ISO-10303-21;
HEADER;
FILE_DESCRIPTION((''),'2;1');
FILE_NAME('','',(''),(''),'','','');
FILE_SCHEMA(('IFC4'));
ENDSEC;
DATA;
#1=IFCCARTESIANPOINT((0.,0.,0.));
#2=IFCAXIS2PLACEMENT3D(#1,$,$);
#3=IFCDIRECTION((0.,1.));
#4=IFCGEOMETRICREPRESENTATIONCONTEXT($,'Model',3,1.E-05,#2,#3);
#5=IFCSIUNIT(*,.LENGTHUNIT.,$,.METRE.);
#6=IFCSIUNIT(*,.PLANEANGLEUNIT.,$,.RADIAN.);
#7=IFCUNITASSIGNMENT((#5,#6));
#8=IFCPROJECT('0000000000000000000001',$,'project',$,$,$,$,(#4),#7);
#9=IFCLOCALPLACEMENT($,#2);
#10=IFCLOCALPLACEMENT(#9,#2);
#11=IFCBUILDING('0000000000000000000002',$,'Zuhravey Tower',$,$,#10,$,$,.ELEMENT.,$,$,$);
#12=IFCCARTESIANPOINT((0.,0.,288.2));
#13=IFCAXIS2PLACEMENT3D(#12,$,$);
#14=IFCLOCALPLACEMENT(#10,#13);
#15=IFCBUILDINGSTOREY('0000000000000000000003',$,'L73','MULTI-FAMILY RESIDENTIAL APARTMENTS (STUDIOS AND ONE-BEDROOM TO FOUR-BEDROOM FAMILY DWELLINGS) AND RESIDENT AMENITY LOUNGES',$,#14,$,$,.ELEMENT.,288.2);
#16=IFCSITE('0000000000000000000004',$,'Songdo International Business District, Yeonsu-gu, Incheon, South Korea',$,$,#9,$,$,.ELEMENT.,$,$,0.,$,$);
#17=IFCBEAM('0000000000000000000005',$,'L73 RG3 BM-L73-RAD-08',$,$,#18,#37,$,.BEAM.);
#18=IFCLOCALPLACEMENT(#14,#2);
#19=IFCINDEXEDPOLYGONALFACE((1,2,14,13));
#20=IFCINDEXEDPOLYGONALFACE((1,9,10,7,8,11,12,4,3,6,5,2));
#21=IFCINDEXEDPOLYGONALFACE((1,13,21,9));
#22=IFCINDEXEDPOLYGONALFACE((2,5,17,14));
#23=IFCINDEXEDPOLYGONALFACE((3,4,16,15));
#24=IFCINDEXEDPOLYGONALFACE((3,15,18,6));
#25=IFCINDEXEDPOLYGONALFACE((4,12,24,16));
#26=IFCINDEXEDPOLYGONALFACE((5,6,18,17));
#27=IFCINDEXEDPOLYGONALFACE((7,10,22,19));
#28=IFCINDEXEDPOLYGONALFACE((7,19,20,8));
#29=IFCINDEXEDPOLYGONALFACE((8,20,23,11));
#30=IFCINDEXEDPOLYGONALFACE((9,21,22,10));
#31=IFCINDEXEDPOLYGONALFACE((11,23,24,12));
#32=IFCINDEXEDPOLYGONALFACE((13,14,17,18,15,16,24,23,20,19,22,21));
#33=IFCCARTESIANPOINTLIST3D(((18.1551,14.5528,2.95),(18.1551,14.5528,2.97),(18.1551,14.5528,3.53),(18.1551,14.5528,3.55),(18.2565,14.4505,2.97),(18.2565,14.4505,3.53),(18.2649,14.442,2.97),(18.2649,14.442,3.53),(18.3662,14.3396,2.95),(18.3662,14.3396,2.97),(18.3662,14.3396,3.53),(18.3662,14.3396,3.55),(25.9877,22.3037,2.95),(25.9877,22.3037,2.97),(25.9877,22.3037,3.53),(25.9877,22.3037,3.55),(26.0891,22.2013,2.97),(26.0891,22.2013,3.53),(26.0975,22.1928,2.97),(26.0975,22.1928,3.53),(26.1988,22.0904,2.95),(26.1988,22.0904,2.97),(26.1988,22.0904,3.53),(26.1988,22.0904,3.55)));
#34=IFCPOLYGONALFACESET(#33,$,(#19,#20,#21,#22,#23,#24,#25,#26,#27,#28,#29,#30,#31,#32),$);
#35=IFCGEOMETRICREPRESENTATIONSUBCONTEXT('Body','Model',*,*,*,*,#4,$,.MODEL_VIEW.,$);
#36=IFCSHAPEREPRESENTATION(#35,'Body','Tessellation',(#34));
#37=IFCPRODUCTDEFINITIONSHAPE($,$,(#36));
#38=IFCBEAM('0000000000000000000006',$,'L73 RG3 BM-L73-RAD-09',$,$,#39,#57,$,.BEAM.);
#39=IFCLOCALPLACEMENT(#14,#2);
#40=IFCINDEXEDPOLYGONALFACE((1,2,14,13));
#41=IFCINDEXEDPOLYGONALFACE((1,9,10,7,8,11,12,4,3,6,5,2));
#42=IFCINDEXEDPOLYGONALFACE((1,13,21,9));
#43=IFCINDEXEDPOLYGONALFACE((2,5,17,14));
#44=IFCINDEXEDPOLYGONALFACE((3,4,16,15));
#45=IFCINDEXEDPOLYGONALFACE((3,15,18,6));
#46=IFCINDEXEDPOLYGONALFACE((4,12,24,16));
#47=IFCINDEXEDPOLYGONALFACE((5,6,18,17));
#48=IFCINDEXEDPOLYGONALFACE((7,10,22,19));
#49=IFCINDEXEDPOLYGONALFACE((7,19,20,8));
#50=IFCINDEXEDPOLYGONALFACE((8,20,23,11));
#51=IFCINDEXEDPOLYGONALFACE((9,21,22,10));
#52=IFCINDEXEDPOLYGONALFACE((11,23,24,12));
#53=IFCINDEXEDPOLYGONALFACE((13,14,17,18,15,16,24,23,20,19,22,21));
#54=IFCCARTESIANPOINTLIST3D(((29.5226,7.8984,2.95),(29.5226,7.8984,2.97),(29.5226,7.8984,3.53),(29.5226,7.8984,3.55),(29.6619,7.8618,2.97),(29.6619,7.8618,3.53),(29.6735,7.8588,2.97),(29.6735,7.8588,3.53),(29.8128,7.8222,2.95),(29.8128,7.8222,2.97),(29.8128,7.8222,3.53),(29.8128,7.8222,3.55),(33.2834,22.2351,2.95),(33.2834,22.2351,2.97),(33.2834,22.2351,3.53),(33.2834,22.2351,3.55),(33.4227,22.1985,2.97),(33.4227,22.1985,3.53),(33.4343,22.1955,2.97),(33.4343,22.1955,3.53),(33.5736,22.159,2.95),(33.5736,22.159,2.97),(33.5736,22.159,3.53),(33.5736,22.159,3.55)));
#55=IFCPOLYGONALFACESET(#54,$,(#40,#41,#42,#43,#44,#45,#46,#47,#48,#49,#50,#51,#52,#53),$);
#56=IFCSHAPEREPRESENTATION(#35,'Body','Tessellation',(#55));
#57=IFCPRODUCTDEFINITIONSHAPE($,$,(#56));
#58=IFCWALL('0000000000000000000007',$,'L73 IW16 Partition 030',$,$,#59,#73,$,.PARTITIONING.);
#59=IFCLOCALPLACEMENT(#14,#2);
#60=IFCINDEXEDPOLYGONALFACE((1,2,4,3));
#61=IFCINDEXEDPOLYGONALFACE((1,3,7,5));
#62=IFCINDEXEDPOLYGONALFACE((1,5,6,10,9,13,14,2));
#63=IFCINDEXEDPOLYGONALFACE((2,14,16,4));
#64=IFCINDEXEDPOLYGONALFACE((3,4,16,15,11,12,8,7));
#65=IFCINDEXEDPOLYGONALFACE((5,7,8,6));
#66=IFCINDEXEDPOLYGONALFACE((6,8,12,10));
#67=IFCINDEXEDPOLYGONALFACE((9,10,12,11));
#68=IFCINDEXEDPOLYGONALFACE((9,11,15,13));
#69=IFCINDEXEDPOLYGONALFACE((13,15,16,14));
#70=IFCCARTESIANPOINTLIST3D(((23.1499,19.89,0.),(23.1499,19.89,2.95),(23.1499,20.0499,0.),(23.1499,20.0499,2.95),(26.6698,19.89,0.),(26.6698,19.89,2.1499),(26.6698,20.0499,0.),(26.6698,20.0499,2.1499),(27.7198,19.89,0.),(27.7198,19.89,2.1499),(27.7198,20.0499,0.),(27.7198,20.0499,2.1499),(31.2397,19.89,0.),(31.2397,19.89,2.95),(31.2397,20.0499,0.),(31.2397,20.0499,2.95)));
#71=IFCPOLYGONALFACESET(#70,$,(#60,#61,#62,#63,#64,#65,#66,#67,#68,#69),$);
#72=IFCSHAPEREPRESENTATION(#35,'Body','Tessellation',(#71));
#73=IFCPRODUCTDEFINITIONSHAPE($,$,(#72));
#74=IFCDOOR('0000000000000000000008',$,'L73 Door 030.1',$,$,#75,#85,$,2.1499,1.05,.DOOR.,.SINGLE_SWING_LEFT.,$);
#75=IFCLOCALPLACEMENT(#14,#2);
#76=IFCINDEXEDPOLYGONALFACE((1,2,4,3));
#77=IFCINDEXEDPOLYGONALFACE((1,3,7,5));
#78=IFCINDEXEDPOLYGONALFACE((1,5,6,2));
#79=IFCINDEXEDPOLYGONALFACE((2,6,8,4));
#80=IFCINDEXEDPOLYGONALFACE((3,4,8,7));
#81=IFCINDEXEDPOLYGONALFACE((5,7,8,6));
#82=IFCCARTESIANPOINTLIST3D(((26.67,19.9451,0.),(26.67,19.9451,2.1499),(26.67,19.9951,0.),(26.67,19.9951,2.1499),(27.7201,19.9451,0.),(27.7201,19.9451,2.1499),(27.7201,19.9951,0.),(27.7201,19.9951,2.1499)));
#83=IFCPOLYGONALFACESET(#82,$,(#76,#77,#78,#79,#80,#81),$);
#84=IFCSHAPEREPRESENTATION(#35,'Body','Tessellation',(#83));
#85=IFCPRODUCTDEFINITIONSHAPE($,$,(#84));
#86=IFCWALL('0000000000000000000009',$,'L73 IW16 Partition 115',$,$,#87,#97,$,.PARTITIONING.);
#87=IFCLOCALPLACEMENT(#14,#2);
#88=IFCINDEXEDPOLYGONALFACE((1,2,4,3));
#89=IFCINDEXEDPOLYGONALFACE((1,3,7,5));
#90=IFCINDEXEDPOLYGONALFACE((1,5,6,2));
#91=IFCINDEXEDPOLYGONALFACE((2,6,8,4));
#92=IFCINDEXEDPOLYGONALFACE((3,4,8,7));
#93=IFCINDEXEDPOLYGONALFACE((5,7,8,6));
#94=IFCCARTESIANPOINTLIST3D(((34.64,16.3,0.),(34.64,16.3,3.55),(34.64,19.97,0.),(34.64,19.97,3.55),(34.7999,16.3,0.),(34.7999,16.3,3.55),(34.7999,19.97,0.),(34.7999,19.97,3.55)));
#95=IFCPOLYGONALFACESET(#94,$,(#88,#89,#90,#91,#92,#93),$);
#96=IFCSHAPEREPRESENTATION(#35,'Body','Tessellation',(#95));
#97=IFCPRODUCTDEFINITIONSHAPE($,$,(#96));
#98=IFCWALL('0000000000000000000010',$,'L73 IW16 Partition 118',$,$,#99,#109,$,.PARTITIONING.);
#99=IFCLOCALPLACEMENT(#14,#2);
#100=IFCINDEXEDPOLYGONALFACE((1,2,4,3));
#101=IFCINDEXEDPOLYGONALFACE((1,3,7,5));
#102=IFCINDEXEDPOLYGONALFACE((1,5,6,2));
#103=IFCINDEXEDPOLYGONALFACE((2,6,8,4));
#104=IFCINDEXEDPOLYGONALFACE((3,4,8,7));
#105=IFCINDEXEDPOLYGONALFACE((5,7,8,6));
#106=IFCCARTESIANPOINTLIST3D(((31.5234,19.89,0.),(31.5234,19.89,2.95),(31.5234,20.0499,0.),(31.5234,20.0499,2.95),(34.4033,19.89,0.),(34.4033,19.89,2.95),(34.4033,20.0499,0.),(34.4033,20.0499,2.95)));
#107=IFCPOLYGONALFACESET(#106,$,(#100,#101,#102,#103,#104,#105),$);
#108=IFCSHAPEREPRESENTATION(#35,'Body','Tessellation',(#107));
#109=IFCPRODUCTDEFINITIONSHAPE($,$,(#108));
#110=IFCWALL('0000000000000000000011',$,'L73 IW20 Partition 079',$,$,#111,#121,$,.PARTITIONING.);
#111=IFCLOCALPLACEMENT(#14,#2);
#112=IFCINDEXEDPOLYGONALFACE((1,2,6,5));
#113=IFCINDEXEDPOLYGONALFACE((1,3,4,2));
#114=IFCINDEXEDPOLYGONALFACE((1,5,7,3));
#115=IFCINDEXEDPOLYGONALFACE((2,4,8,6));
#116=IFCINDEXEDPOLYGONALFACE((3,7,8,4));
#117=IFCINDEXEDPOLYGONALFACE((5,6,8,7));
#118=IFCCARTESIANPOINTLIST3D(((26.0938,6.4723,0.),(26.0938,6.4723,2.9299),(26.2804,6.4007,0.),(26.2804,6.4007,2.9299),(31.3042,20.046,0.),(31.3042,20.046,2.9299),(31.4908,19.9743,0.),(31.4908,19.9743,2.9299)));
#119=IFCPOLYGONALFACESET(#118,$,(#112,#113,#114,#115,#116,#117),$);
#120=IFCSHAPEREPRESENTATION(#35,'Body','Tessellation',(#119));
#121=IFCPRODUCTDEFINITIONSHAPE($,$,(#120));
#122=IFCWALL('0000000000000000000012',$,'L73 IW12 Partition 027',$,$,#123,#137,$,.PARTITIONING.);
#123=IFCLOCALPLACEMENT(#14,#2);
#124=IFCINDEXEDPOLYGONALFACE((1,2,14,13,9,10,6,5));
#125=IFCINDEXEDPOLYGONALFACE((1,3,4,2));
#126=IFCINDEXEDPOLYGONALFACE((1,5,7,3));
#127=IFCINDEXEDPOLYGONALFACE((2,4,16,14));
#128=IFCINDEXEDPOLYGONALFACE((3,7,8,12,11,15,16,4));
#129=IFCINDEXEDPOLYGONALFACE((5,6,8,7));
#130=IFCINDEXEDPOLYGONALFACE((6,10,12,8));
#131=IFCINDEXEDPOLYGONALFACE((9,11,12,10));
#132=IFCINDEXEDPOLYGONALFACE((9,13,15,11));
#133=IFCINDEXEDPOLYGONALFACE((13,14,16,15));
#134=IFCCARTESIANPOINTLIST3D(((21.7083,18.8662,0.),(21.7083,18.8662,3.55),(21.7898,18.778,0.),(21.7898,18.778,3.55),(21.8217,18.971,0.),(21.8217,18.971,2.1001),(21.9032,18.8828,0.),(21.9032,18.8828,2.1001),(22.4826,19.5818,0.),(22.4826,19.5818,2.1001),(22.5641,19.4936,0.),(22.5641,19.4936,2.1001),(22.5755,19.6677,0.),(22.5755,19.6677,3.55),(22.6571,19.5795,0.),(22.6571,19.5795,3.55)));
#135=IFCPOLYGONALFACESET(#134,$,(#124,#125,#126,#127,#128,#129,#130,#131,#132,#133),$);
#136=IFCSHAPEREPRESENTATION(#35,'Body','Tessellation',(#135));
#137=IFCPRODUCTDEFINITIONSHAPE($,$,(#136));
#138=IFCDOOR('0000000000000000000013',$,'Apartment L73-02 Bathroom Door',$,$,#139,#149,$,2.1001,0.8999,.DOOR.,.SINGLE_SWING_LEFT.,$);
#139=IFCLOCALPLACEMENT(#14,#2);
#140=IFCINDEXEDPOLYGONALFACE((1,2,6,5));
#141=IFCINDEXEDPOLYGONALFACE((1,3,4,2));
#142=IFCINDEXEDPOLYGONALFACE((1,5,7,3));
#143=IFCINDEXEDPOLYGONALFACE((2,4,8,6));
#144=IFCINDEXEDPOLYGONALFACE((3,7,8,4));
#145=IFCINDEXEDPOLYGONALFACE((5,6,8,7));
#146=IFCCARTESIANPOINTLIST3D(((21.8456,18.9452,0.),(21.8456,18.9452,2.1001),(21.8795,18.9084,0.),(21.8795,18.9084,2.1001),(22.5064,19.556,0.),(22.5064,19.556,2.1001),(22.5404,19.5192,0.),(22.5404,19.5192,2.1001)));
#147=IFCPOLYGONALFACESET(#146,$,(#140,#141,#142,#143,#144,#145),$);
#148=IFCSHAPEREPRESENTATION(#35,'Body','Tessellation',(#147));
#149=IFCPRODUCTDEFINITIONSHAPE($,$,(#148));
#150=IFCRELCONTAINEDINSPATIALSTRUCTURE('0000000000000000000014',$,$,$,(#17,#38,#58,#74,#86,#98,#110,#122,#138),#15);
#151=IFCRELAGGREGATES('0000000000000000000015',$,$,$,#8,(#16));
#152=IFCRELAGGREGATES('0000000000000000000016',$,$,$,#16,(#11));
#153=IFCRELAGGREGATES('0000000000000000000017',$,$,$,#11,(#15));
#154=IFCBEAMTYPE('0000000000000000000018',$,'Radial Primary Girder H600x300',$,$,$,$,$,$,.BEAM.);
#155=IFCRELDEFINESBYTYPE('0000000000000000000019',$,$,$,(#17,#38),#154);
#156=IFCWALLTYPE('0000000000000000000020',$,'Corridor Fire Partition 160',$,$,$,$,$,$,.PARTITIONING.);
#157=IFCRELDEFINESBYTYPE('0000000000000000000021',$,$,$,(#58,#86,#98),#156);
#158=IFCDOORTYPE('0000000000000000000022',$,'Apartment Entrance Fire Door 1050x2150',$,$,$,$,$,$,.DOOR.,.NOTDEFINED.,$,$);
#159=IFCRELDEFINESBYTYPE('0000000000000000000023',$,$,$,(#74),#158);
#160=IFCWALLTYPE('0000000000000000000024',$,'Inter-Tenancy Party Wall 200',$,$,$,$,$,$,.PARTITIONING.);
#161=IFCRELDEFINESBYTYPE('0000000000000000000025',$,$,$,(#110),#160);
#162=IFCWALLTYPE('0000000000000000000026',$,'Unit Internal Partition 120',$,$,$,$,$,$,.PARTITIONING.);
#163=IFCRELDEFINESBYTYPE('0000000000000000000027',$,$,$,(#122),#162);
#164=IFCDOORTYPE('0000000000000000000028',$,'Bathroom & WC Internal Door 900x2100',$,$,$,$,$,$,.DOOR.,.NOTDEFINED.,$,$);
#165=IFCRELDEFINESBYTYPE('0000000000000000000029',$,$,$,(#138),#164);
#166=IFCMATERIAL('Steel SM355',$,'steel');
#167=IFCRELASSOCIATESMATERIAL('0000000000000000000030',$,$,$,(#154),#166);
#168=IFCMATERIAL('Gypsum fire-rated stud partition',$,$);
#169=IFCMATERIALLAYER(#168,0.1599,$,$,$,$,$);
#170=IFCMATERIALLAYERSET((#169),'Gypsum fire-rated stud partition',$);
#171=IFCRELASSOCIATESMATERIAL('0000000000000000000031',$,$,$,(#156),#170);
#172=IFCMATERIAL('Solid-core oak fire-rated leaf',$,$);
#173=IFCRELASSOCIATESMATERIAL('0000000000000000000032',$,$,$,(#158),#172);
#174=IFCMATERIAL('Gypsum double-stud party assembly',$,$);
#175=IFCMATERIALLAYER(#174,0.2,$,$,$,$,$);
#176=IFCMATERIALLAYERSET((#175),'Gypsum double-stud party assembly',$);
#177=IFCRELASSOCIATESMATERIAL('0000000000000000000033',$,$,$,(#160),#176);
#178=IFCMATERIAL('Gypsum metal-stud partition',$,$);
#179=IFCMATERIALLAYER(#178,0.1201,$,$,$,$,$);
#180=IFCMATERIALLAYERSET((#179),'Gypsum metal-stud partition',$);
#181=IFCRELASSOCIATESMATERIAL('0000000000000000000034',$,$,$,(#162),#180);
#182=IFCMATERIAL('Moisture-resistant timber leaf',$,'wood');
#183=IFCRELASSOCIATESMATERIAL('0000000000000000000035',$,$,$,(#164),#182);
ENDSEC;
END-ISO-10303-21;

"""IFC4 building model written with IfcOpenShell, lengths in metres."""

from ifc_helpers import new_model, si_unit, direction, frame, frame_2d, origin, origin_2d, place, context, subcontext, project, spatial, rectangle, i_section, extrude, material, layer, layer_set, material_profile, profile_set, type_object, element, fill, save


model = new_model("IFC4")

# Units and contexts
model_context = context("Model", 3, precision=1e-05, world=origin(), true_north=direction((0.0, 1.0)))
body_context = subcontext(model_context, "Body", "Model", "MODEL_VIEW")
ifc_project = project(units=[si_unit("LENGTHUNIT", "METRE"), si_unit("PLANEANGLEUNIT", "RADIAN")], contexts=[model_context])

# Site, building, storey
site_placement = place(None, origin())
site = spatial("IfcSite", under=ifc_project, at=site_placement, Name="Songdo International Business District, Yeonsu-gu, Incheon, South Korea", CompositionType="ELEMENT", RefElevation=0.0)
building_placement = place(site_placement, origin())
building = spatial("IfcBuilding", under=site, at=building_placement, Name="Zuhravey Tower", CompositionType="ELEMENT")
storey_placement = place(building_placement, frame((0.0, 0.0, 288.2)))
storey = spatial("IfcBuildingStorey", under=building, at=storey_placement, Name="L73", Description="MULTI-FAMILY RESIDENTIAL APARTMENTS (STUDIOS AND ONE-BEDROOM TO FOUR-BEDROOM FAMILY DWELLINGS) AND RESIDENT AMENITY LOUNGES", CompositionType="ELEMENT", Elevation=288.2)

# Beams
ifc_material_1 = material(Name="Steel SM355", Category="steel")
ifc_material_profile = material_profile(ifc_material_1, i_section(OverallWidth=0.3, OverallDepth=0.6001, WebThickness=0.012, FlangeThickness=0.02, at=origin_2d()), Name="H-600x300x12x20")
ifc_profile_set = profile_set([ifc_material_profile], Name="Steel SM355")
beam_type = type_object("IfcBeamType", Name="Radial Primary Girder H600x300", PredefinedType="BEAM", material=ifc_profile_set)
beam_1_placement = place(storey_placement, frame((26.0933, 22.197, 3.25), z_axis=(-0.710808, -0.703386, 0.0), x_axis=(0.703386, -0.710808, 0.0)))
element("IfcBeam", 1, at=beam_1_placement, inside=storey, type_object=beam_type, Name="L73 RG3 BM-L73-RAD-08", PredefinedType="BEAM", context=body_context, shape_type="SweptSolid", body=[
    extrude(i_section(OverallWidth=0.3, OverallDepth=0.6001, WebThickness=0.012, FlangeThickness=0.02, at=origin_2d()), origin(), (0.0, 0.0, 1.0), 11.0193),
])
beam_2_placement = place(storey_placement, frame((33.4285, 22.197, 3.25), z_axis=(-0.253732, -0.967275, 0.0), x_axis=(0.967275, -0.253732, 0.0)))
element("IfcBeam", 2, at=beam_2_placement, inside=storey, type_object=beam_type, Name="L73 RG3 BM-L73-RAD-09", PredefinedType="BEAM", context=body_context, shape_type="SweptSolid", body=[
    extrude(i_section(OverallWidth=0.3, OverallDepth=0.6001, WebThickness=0.012, FlangeThickness=0.02, at=origin_2d()), origin(), (0.0, 0.0, 1.0), 14.8218),
])

# Wall, opening, door
ifc_material_2 = material(Name="Gypsum fire-rated stud partition")
ifc_layer_1 = layer(ifc_material_2, 0.1599)
ifc_layer_set_1 = layer_set([ifc_layer_1], Name="Gypsum fire-rated stud partition")
wall_type_1 = type_object("IfcWallType", Name="Corridor Fire Partition 160", PredefinedType="PARTITIONING", material=ifc_layer_set_1)
wall_1_placement = place(storey_placement, frame((23.1499, 19.97, 0.0), z_axis=(0.0, 0.0, 1.0), x_axis=(1.0, 0.0, 0.0)))
wall_1 = element("IfcWall", 3, at=wall_1_placement, inside=storey, type_object=wall_type_1, Name="L73 IW16 Partition 030", PredefinedType="PARTITIONING", context=body_context, shape_type="SweptSolid", body=[
    extrude(rectangle(XDim=8.0898, YDim=0.1599, at=frame_2d((4.0449, 0.0))), origin(), (0.0, 0.0, 1.0), 2.95),
])
opening_1_placement = place(wall_1_placement, frame((3.52, 0.0, 0.0)))
opening_1 = element("IfcOpeningElement", 4, at=opening_1_placement, cuts=wall_1, PredefinedType="OPENING", context=body_context, shape_type="SweptSolid", body=[
    extrude(rectangle(XDim=1.05, YDim=2.1499, at=frame_2d((0.5249, 1.075))), frame((0.0, 0.092, 0.0), z_axis=(0.0, -1.0, 0.0), x_axis=(1.0, 0.0, 0.0)), (0.0, 0.0, 1.0), 0.1838),
])
ifc_material_3 = material(Name="Solid-core oak fire-rated leaf")
door_type_1 = type_object("IfcDoorType", Name="Apartment Entrance Fire Door 1050x2150", OperationType="NOTDEFINED", PredefinedType="DOOR", material=ifc_material_3)
door_1_placement = place(opening_1_placement, frame((1.05, 0.0, 0.0), z_axis=(0.0, 0.0, 1.0), x_axis=(-1.0, 0.0, 0.0)))
door_1 = element("IfcDoor", 5, at=door_1_placement, inside=storey, type_object=door_type_1, Name="L73 Door 030.1", OperationType="SINGLE_SWING_LEFT", OverallHeight=2.1499, OverallWidth=1.05, PredefinedType="DOOR", context=body_context, shape_type="SweptSolid", body=[
    extrude(rectangle(XDim=1.05, YDim=2.1499, at=frame_2d((0.5249, 1.075))), frame((0.0, 0.0249, 0.0), z_axis=(0.0, -1.0, 0.0), x_axis=(1.0, 0.0, 0.0)), (0.0, 0.0, 1.0), 0.05),
])
fill(opening_1, door_1)

# Walls
wall_2_placement = place(storey_placement, frame((34.72, 19.97, 0.0), z_axis=(0.0, 0.0, 1.0), x_axis=(0.0, -1.0, 0.0)))
element("IfcWall", 6, at=wall_2_placement, inside=storey, type_object=wall_type_1, Name="L73 IW16 Partition 115", PredefinedType="PARTITIONING", context=body_context, shape_type="SweptSolid", body=[
    extrude(rectangle(XDim=3.6699, YDim=0.1599, at=frame_2d((1.835, 0.0))), origin(), (0.0, 0.0, 1.0), 3.55),
])
wall_3_placement = place(storey_placement, frame((31.5234, 19.97, 0.0), z_axis=(0.0, 0.0, 1.0), x_axis=(1.0, 0.0, 0.0)))
element("IfcWall", 7, at=wall_3_placement, inside=storey, type_object=wall_type_1, Name="L73 IW16 Partition 118", PredefinedType="PARTITIONING", context=body_context, shape_type="SweptSolid", body=[
    extrude(rectangle(XDim=2.8799, YDim=0.1599, at=frame_2d((1.4399, 0.0))), origin(), (0.0, 0.0, 1.0), 2.95),
])
ifc_material_4 = material(Name="Gypsum double-stud party assembly")
ifc_layer_2 = layer(ifc_material_4, 0.2)
ifc_layer_set_2 = layer_set([ifc_layer_2], Name="Gypsum double-stud party assembly")
wall_type_2 = type_object("IfcWallType", Name="Inter-Tenancy Party Wall 200", PredefinedType="PARTITIONING", material=ifc_layer_set_2)
wall_4_placement = place(storey_placement, frame((31.3975, 20.01, 0.0), z_axis=(0.0, 0.0, 1.0), x_axis=(-0.358367, -0.933581, 0.0)))
element("IfcWall", 8, at=wall_4_placement, inside=storey, type_object=wall_type_2, Name="L73 IW20 Partition 079", PredefinedType="PARTITIONING", context=body_context, shape_type="SweptSolid", body=[
    extrude(rectangle(XDim=14.5393, YDim=0.2, at=frame_2d((7.2695, 0.0))), origin(), (0.0, 0.0, 1.0), 2.9299),
])

# Wall, opening, door
ifc_material_5 = material(Name="Gypsum metal-stud partition")
ifc_layer_3 = layer(ifc_material_5, 0.1201)
ifc_layer_set_3 = layer_set([ifc_layer_3], Name="Gypsum metal-stud partition")
wall_type_3 = type_object("IfcWallType", Name="Unit Internal Partition 120", PredefinedType="PARTITIONING", material=ifc_layer_set_3)
wall_5_placement = place(storey_placement, frame((22.6162, 19.6235, 0.0), z_axis=(0.0, 0.0, 1.0), x_axis=(-0.734367, -0.678752, 0.0)))
wall_5 = element("IfcWall", 9, at=wall_5_placement, inside=storey, type_object=wall_type_3, Name="L73 IW12 Partition 027", PredefinedType="PARTITIONING", context=body_context, shape_type="SweptSolid", body=[
    extrude(rectangle(XDim=1.1809, YDim=0.1201, at=frame_2d((0.5903, 0.0))), origin(), (0.0, 0.0, 1.0), 3.55),
])
opening_2_placement = place(wall_5_placement, frame((0.1265, 0.0, 0.0)))
opening_2 = element("IfcOpeningElement", 10, at=opening_2_placement, cuts=wall_5, PredefinedType="OPENING", context=body_context, shape_type="SweptSolid", body=[
    extrude(rectangle(XDim=0.8999, YDim=2.1001, at=frame_2d((0.45, 1.05))), frame((0.0, 0.072, 0.0), z_axis=(0.0, -1.0, 0.0), x_axis=(1.0, 0.0, 0.0)), (0.0, 0.0, 1.0), 0.144),
])
ifc_material_6 = material(Name="Moisture-resistant timber leaf", Category="wood")
door_type_2 = type_object("IfcDoorType", Name="Bathroom & WC Internal Door 900x2100", OperationType="NOTDEFINED", PredefinedType="DOOR", material=ifc_material_6)
door_2_placement = place(opening_2_placement, frame((0.8999, 0.0, 0.0), z_axis=(0.0, 0.0, 1.0), x_axis=(-1.0, 0.0, 0.0)))
door_2 = element("IfcDoor", 11, at=door_2_placement, inside=storey, type_object=door_type_2, Name="Apartment L73-02 Bathroom Door", OperationType="SINGLE_SWING_LEFT", OverallHeight=2.1001, OverallWidth=0.8999, PredefinedType="DOOR", context=body_context, shape_type="SweptSolid", body=[
    extrude(rectangle(XDim=0.8999, YDim=2.1001, at=frame_2d((0.45, 1.05))), frame((0.0, 0.0249, 0.0), z_axis=(0.0, -1.0, 0.0), x_axis=(1.0, 0.0, 0.0)), (0.0, 0.0, 1.0), 0.05),
])
fill(opening_2, door_2)

save(model, "model.ifc")
